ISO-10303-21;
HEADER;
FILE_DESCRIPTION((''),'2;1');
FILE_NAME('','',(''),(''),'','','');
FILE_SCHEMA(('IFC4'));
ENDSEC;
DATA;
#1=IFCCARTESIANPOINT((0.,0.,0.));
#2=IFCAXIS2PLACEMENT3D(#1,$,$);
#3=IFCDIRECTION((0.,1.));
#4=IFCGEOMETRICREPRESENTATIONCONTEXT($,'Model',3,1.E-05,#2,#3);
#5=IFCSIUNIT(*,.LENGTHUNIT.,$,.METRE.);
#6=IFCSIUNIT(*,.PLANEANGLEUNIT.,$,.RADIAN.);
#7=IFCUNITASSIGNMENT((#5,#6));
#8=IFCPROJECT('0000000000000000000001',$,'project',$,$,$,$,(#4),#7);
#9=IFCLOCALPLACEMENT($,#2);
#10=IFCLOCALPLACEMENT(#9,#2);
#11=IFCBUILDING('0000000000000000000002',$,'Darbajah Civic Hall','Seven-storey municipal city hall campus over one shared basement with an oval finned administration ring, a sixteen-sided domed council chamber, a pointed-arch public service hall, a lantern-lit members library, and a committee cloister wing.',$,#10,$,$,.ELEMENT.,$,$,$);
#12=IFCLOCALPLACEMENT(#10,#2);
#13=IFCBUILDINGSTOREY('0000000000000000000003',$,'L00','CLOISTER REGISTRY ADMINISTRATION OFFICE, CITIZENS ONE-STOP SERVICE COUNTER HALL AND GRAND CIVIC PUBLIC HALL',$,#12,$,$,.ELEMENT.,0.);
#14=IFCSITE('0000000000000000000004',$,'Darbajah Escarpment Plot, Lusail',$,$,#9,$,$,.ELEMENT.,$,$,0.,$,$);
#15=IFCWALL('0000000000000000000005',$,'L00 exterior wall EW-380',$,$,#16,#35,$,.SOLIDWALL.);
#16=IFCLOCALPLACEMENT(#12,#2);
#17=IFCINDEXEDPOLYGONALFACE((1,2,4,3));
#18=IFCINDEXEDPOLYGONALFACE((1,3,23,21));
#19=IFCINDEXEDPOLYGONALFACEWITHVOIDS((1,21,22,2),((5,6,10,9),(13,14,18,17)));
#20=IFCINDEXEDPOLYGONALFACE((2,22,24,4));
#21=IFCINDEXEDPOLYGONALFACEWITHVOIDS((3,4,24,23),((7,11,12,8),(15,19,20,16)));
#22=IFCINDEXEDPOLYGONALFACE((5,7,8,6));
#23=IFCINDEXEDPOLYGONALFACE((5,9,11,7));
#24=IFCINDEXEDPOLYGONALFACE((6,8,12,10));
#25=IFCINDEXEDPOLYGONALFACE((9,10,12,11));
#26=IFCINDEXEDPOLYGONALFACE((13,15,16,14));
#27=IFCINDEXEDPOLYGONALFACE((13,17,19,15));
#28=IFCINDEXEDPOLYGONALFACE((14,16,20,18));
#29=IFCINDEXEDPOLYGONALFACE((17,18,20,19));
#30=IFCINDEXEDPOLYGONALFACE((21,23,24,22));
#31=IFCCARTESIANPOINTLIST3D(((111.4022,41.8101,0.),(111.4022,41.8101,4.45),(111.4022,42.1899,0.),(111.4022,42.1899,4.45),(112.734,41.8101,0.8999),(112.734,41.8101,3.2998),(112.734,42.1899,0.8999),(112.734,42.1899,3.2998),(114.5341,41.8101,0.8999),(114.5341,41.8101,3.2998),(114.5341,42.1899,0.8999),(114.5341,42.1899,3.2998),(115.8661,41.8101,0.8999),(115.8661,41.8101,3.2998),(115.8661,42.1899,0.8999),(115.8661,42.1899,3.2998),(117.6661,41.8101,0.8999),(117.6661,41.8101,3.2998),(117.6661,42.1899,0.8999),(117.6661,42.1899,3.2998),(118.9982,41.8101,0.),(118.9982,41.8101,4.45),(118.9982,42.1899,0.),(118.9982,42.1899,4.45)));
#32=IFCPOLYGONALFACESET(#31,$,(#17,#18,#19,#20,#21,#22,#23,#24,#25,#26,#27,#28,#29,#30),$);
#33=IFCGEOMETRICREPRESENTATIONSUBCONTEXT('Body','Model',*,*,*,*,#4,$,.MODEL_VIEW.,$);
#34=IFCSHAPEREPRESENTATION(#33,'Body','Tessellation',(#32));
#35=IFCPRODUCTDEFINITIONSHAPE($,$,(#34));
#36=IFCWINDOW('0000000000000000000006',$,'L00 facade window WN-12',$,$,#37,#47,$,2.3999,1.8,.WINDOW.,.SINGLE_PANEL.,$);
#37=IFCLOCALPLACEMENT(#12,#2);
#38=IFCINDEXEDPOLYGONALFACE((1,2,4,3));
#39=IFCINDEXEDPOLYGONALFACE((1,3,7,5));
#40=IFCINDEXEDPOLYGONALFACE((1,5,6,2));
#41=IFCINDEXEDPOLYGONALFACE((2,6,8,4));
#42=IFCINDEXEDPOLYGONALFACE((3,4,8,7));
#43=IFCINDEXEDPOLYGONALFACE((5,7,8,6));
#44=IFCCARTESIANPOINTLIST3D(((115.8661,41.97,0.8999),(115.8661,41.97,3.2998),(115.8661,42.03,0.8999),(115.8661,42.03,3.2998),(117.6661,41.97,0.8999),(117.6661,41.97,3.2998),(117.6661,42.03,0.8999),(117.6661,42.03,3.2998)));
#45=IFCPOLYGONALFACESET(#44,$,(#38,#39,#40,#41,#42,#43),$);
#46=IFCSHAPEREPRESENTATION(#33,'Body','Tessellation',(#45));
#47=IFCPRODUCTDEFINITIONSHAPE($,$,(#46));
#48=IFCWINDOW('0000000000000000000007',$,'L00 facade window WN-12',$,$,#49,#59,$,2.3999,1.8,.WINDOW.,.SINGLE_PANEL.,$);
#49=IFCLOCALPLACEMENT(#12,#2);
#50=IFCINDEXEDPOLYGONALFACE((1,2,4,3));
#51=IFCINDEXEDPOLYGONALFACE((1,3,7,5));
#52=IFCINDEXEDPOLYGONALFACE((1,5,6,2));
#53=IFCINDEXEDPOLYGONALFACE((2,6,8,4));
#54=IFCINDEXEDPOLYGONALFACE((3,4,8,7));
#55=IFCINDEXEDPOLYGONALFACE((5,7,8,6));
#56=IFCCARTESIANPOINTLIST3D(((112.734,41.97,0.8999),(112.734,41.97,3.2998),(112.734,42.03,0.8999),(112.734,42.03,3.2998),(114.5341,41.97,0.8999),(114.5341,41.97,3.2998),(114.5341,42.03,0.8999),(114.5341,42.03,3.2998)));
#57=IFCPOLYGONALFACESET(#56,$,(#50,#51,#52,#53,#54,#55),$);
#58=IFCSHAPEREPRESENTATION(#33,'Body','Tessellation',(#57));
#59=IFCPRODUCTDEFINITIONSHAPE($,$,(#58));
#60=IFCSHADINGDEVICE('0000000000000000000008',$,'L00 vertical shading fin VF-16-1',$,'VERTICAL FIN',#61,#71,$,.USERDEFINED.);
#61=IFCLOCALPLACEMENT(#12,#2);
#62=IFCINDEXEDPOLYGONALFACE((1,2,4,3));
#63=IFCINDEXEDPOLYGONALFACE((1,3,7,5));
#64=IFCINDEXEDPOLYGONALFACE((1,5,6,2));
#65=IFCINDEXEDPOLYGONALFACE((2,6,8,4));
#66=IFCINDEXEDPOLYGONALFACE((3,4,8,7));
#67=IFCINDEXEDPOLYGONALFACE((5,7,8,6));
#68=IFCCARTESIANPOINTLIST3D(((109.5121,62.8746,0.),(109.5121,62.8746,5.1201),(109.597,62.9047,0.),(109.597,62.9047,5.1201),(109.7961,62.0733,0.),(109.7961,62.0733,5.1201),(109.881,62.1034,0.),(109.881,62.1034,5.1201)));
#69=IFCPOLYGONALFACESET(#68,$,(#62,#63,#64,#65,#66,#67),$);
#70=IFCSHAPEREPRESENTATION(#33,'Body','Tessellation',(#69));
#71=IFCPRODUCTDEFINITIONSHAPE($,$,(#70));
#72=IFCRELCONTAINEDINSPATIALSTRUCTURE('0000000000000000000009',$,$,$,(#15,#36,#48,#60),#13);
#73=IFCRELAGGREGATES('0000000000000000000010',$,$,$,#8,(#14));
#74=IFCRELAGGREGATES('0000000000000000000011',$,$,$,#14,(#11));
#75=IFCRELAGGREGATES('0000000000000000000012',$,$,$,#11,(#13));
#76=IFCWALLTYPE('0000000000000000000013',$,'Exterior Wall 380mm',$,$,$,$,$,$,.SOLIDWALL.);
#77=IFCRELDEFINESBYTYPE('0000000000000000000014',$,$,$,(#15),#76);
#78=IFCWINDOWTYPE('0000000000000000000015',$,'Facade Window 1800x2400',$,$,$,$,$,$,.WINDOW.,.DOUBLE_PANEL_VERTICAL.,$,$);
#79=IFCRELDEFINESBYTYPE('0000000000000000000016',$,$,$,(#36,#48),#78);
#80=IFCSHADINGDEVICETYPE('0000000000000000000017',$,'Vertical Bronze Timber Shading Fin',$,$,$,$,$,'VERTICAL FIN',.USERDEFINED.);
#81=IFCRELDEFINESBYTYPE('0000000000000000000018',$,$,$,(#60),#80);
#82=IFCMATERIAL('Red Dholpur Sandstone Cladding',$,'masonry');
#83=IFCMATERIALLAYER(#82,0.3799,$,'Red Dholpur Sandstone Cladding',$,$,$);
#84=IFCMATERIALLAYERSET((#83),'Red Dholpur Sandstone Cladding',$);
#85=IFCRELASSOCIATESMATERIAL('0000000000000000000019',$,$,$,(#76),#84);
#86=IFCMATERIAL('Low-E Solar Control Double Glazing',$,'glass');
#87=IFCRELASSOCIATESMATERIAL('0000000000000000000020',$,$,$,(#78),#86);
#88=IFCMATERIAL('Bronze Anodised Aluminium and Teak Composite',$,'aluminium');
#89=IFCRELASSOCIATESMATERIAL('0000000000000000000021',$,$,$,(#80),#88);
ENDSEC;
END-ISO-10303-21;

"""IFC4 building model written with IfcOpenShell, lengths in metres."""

from ifc_helpers import new_model, si_unit, direction, frame, frame_2d, origin, origin_2d, place, context, subcontext, project, spatial, rectangle, extrude, material, layer, layer_set, type_object, element, fill, save


model = new_model("IFC4")

# Units and contexts
model_context = context("Model", 3, precision=1e-05, world=origin(), true_north=direction((0.0, 1.0)))
body_context = subcontext(model_context, "Body", "Model", "MODEL_VIEW")
ifc_project = project(units=[si_unit("LENGTHUNIT", "METRE"), si_unit("PLANEANGLEUNIT", "RADIAN")], contexts=[model_context])

# Site, building, storey
site_placement = place(None, origin())
site = spatial("IfcSite", under=ifc_project, at=site_placement, Name="Darbajah Escarpment Plot, Lusail", CompositionType="ELEMENT", RefElevation=0.0)
building_placement = place(site_placement, origin())
building = spatial("IfcBuilding", under=site, at=building_placement, Name="Darbajah Civic Hall", Description="Seven-storey municipal city hall campus over one shared basement with an oval finned administration ring, a sixteen-sided domed council chamber, a pointed-arch public service hall, a lantern-lit members library, and a committee cloister wing.", CompositionType="ELEMENT")
storey_placement = place(building_placement, origin())
storey = spatial("IfcBuildingStorey", under=building, at=storey_placement, Name="L00", Description="CLOISTER REGISTRY ADMINISTRATION OFFICE, CITIZENS ONE-STOP SERVICE COUNTER HALL AND GRAND CIVIC PUBLIC HALL", CompositionType="ELEMENT", Elevation=0.0)

# Shared definitions
ifc_material_1 = material(Name="Low-E Solar Control Double Glazing", Category="glass")

# Wall, openings, windows
ifc_material_2 = material(Name="Red Dholpur Sandstone Cladding", Category="masonry")
ifc_layer_1 = layer(ifc_material_2, 0.3799, Name="Red Dholpur Sandstone Cladding")
ifc_layer_set_1 = layer_set([ifc_layer_1], Name="Red Dholpur Sandstone Cladding")
wall_type = type_object("IfcWallType", Name="Exterior Wall 380mm", PredefinedType="SOLIDWALL", material=ifc_layer_set_1)
wall_1_placement = place(storey_placement, frame((118.998, 42.0, 0.0), z_axis=(0.0, 0.0, 1.0), x_axis=(-1.0, 0.0, 0.0)))
wall_1 = element("IfcWall", 1, at=wall_1_placement, inside=storey, type_object=wall_type, Name="L00 exterior wall EW-380", PredefinedType="SOLIDWALL", context=body_context, shape_type="SweptSolid", body=[
    extrude(rectangle(XDim=7.5959, YDim=0.3799, at=frame_2d((3.7979, 0.0))), origin(), (0.0, 0.0, 1.0), 4.45),
])
opening_1_placement = place(wall_1_placement, frame((1.332, 0.0, 0.8999)))
opening_1 = element("IfcOpeningElement", 2, at=opening_1_placement, cuts=wall_1, PredefinedType="OPENING", context=body_context, shape_type="SweptSolid", body=[
    extrude(rectangle(XDim=1.8, YDim=2.3999, at=frame_2d((0.8999, 1.2))), frame((0.0, 0.2, 0.0), z_axis=(0.0, -1.0, 0.0), x_axis=(1.0, 0.0, 0.0)), (0.0, 0.0, 1.0), 0.3999),
])
opening_2_placement = place(wall_1_placement, frame((4.4641, 0.0, 0.8999)))
opening_2 = element("IfcOpeningElement", 3, at=opening_2_placement, cuts=wall_1, PredefinedType="OPENING", context=body_context, shape_type="SweptSolid", body=[
    extrude(rectangle(XDim=1.8, YDim=2.3999, at=frame_2d((0.8999, 1.2))), frame((0.0, 0.2, 0.0), z_axis=(0.0, -1.0, 0.0), x_axis=(1.0, 0.0, 0.0)), (0.0, 0.0, 1.0), 0.3999),
])
window_type_1 = type_object("IfcWindowType", Name="Facade Window 1800x2400", PartitioningType="DOUBLE_PANEL_VERTICAL", PredefinedType="WINDOW", material=ifc_material_1)
window_1_placement = place(opening_1_placement, origin())
window_1 = element("IfcWindow", 4, at=window_1_placement, inside=storey, type_object=window_type_1, Name="L00 facade window WN-12", OverallHeight=2.3999, OverallWidth=1.8, PartitioningType="SINGLE_PANEL", PredefinedType="WINDOW", context=body_context, shape_type="SweptSolid", body=[
    extrude(rectangle(XDim=1.8, YDim=2.3999, at=frame_2d((0.8999, 1.2))), frame((0.0, 0.03, 0.0), z_axis=(0.0, -1.0, 0.0), x_axis=(1.0, 0.0, 0.0)), (0.0, 0.0, 1.0), 0.0601),
])
fill(opening_1, window_1)
window_2_placement = place(opening_2_placement, origin())
window_2 = element("IfcWindow", 5, at=window_2_placement, inside=storey, type_object=window_type_1, Name="L00 facade window WN-12", OverallHeight=2.3999, OverallWidth=1.8, PartitioningType="SINGLE_PANEL", PredefinedType="WINDOW", context=body_context, shape_type="SweptSolid", body=[
    extrude(rectangle(XDim=1.8, YDim=2.3999, at=frame_2d((0.8999, 1.2))), frame((0.0, 0.03, 0.0), z_axis=(0.0, -1.0, 0.0), x_axis=(1.0, 0.0, 0.0)), (0.0, 0.0, 1.0), 0.0601),
])
fill(opening_2, window_2)

# Shading device
ifc_material_3 = material(Name="Bronze Anodised Aluminium and Teak Composite", Category="aluminium")
shading_device_type = type_object("IfcShadingDeviceType", Name="Vertical Bronze Timber Shading Fin", ElementType="VERTICAL FIN", PredefinedType="USERDEFINED", material=ifc_material_3)
shading_device_placement = place(storey_placement, frame((109.6965, 62.489, 0.0), z_axis=(0.0, 0.0, 1.0), x_axis=(0.334136, -0.942525, 0.0)))
element("IfcShadingDevice", 6, at=shading_device_placement, inside=storey, type_object=shading_device_type, Name="L00 vertical shading fin VF-16-1", ObjectType="VERTICAL FIN", PredefinedType="USERDEFINED", context=body_context, shape_type="SweptSolid", body=[
    extrude(rectangle(XDim=0.8501, YDim=0.0901, at=origin_2d()), origin(), (0.0, 0.0, 1.0), 5.1201),
])

save(model, "model.ifc")
